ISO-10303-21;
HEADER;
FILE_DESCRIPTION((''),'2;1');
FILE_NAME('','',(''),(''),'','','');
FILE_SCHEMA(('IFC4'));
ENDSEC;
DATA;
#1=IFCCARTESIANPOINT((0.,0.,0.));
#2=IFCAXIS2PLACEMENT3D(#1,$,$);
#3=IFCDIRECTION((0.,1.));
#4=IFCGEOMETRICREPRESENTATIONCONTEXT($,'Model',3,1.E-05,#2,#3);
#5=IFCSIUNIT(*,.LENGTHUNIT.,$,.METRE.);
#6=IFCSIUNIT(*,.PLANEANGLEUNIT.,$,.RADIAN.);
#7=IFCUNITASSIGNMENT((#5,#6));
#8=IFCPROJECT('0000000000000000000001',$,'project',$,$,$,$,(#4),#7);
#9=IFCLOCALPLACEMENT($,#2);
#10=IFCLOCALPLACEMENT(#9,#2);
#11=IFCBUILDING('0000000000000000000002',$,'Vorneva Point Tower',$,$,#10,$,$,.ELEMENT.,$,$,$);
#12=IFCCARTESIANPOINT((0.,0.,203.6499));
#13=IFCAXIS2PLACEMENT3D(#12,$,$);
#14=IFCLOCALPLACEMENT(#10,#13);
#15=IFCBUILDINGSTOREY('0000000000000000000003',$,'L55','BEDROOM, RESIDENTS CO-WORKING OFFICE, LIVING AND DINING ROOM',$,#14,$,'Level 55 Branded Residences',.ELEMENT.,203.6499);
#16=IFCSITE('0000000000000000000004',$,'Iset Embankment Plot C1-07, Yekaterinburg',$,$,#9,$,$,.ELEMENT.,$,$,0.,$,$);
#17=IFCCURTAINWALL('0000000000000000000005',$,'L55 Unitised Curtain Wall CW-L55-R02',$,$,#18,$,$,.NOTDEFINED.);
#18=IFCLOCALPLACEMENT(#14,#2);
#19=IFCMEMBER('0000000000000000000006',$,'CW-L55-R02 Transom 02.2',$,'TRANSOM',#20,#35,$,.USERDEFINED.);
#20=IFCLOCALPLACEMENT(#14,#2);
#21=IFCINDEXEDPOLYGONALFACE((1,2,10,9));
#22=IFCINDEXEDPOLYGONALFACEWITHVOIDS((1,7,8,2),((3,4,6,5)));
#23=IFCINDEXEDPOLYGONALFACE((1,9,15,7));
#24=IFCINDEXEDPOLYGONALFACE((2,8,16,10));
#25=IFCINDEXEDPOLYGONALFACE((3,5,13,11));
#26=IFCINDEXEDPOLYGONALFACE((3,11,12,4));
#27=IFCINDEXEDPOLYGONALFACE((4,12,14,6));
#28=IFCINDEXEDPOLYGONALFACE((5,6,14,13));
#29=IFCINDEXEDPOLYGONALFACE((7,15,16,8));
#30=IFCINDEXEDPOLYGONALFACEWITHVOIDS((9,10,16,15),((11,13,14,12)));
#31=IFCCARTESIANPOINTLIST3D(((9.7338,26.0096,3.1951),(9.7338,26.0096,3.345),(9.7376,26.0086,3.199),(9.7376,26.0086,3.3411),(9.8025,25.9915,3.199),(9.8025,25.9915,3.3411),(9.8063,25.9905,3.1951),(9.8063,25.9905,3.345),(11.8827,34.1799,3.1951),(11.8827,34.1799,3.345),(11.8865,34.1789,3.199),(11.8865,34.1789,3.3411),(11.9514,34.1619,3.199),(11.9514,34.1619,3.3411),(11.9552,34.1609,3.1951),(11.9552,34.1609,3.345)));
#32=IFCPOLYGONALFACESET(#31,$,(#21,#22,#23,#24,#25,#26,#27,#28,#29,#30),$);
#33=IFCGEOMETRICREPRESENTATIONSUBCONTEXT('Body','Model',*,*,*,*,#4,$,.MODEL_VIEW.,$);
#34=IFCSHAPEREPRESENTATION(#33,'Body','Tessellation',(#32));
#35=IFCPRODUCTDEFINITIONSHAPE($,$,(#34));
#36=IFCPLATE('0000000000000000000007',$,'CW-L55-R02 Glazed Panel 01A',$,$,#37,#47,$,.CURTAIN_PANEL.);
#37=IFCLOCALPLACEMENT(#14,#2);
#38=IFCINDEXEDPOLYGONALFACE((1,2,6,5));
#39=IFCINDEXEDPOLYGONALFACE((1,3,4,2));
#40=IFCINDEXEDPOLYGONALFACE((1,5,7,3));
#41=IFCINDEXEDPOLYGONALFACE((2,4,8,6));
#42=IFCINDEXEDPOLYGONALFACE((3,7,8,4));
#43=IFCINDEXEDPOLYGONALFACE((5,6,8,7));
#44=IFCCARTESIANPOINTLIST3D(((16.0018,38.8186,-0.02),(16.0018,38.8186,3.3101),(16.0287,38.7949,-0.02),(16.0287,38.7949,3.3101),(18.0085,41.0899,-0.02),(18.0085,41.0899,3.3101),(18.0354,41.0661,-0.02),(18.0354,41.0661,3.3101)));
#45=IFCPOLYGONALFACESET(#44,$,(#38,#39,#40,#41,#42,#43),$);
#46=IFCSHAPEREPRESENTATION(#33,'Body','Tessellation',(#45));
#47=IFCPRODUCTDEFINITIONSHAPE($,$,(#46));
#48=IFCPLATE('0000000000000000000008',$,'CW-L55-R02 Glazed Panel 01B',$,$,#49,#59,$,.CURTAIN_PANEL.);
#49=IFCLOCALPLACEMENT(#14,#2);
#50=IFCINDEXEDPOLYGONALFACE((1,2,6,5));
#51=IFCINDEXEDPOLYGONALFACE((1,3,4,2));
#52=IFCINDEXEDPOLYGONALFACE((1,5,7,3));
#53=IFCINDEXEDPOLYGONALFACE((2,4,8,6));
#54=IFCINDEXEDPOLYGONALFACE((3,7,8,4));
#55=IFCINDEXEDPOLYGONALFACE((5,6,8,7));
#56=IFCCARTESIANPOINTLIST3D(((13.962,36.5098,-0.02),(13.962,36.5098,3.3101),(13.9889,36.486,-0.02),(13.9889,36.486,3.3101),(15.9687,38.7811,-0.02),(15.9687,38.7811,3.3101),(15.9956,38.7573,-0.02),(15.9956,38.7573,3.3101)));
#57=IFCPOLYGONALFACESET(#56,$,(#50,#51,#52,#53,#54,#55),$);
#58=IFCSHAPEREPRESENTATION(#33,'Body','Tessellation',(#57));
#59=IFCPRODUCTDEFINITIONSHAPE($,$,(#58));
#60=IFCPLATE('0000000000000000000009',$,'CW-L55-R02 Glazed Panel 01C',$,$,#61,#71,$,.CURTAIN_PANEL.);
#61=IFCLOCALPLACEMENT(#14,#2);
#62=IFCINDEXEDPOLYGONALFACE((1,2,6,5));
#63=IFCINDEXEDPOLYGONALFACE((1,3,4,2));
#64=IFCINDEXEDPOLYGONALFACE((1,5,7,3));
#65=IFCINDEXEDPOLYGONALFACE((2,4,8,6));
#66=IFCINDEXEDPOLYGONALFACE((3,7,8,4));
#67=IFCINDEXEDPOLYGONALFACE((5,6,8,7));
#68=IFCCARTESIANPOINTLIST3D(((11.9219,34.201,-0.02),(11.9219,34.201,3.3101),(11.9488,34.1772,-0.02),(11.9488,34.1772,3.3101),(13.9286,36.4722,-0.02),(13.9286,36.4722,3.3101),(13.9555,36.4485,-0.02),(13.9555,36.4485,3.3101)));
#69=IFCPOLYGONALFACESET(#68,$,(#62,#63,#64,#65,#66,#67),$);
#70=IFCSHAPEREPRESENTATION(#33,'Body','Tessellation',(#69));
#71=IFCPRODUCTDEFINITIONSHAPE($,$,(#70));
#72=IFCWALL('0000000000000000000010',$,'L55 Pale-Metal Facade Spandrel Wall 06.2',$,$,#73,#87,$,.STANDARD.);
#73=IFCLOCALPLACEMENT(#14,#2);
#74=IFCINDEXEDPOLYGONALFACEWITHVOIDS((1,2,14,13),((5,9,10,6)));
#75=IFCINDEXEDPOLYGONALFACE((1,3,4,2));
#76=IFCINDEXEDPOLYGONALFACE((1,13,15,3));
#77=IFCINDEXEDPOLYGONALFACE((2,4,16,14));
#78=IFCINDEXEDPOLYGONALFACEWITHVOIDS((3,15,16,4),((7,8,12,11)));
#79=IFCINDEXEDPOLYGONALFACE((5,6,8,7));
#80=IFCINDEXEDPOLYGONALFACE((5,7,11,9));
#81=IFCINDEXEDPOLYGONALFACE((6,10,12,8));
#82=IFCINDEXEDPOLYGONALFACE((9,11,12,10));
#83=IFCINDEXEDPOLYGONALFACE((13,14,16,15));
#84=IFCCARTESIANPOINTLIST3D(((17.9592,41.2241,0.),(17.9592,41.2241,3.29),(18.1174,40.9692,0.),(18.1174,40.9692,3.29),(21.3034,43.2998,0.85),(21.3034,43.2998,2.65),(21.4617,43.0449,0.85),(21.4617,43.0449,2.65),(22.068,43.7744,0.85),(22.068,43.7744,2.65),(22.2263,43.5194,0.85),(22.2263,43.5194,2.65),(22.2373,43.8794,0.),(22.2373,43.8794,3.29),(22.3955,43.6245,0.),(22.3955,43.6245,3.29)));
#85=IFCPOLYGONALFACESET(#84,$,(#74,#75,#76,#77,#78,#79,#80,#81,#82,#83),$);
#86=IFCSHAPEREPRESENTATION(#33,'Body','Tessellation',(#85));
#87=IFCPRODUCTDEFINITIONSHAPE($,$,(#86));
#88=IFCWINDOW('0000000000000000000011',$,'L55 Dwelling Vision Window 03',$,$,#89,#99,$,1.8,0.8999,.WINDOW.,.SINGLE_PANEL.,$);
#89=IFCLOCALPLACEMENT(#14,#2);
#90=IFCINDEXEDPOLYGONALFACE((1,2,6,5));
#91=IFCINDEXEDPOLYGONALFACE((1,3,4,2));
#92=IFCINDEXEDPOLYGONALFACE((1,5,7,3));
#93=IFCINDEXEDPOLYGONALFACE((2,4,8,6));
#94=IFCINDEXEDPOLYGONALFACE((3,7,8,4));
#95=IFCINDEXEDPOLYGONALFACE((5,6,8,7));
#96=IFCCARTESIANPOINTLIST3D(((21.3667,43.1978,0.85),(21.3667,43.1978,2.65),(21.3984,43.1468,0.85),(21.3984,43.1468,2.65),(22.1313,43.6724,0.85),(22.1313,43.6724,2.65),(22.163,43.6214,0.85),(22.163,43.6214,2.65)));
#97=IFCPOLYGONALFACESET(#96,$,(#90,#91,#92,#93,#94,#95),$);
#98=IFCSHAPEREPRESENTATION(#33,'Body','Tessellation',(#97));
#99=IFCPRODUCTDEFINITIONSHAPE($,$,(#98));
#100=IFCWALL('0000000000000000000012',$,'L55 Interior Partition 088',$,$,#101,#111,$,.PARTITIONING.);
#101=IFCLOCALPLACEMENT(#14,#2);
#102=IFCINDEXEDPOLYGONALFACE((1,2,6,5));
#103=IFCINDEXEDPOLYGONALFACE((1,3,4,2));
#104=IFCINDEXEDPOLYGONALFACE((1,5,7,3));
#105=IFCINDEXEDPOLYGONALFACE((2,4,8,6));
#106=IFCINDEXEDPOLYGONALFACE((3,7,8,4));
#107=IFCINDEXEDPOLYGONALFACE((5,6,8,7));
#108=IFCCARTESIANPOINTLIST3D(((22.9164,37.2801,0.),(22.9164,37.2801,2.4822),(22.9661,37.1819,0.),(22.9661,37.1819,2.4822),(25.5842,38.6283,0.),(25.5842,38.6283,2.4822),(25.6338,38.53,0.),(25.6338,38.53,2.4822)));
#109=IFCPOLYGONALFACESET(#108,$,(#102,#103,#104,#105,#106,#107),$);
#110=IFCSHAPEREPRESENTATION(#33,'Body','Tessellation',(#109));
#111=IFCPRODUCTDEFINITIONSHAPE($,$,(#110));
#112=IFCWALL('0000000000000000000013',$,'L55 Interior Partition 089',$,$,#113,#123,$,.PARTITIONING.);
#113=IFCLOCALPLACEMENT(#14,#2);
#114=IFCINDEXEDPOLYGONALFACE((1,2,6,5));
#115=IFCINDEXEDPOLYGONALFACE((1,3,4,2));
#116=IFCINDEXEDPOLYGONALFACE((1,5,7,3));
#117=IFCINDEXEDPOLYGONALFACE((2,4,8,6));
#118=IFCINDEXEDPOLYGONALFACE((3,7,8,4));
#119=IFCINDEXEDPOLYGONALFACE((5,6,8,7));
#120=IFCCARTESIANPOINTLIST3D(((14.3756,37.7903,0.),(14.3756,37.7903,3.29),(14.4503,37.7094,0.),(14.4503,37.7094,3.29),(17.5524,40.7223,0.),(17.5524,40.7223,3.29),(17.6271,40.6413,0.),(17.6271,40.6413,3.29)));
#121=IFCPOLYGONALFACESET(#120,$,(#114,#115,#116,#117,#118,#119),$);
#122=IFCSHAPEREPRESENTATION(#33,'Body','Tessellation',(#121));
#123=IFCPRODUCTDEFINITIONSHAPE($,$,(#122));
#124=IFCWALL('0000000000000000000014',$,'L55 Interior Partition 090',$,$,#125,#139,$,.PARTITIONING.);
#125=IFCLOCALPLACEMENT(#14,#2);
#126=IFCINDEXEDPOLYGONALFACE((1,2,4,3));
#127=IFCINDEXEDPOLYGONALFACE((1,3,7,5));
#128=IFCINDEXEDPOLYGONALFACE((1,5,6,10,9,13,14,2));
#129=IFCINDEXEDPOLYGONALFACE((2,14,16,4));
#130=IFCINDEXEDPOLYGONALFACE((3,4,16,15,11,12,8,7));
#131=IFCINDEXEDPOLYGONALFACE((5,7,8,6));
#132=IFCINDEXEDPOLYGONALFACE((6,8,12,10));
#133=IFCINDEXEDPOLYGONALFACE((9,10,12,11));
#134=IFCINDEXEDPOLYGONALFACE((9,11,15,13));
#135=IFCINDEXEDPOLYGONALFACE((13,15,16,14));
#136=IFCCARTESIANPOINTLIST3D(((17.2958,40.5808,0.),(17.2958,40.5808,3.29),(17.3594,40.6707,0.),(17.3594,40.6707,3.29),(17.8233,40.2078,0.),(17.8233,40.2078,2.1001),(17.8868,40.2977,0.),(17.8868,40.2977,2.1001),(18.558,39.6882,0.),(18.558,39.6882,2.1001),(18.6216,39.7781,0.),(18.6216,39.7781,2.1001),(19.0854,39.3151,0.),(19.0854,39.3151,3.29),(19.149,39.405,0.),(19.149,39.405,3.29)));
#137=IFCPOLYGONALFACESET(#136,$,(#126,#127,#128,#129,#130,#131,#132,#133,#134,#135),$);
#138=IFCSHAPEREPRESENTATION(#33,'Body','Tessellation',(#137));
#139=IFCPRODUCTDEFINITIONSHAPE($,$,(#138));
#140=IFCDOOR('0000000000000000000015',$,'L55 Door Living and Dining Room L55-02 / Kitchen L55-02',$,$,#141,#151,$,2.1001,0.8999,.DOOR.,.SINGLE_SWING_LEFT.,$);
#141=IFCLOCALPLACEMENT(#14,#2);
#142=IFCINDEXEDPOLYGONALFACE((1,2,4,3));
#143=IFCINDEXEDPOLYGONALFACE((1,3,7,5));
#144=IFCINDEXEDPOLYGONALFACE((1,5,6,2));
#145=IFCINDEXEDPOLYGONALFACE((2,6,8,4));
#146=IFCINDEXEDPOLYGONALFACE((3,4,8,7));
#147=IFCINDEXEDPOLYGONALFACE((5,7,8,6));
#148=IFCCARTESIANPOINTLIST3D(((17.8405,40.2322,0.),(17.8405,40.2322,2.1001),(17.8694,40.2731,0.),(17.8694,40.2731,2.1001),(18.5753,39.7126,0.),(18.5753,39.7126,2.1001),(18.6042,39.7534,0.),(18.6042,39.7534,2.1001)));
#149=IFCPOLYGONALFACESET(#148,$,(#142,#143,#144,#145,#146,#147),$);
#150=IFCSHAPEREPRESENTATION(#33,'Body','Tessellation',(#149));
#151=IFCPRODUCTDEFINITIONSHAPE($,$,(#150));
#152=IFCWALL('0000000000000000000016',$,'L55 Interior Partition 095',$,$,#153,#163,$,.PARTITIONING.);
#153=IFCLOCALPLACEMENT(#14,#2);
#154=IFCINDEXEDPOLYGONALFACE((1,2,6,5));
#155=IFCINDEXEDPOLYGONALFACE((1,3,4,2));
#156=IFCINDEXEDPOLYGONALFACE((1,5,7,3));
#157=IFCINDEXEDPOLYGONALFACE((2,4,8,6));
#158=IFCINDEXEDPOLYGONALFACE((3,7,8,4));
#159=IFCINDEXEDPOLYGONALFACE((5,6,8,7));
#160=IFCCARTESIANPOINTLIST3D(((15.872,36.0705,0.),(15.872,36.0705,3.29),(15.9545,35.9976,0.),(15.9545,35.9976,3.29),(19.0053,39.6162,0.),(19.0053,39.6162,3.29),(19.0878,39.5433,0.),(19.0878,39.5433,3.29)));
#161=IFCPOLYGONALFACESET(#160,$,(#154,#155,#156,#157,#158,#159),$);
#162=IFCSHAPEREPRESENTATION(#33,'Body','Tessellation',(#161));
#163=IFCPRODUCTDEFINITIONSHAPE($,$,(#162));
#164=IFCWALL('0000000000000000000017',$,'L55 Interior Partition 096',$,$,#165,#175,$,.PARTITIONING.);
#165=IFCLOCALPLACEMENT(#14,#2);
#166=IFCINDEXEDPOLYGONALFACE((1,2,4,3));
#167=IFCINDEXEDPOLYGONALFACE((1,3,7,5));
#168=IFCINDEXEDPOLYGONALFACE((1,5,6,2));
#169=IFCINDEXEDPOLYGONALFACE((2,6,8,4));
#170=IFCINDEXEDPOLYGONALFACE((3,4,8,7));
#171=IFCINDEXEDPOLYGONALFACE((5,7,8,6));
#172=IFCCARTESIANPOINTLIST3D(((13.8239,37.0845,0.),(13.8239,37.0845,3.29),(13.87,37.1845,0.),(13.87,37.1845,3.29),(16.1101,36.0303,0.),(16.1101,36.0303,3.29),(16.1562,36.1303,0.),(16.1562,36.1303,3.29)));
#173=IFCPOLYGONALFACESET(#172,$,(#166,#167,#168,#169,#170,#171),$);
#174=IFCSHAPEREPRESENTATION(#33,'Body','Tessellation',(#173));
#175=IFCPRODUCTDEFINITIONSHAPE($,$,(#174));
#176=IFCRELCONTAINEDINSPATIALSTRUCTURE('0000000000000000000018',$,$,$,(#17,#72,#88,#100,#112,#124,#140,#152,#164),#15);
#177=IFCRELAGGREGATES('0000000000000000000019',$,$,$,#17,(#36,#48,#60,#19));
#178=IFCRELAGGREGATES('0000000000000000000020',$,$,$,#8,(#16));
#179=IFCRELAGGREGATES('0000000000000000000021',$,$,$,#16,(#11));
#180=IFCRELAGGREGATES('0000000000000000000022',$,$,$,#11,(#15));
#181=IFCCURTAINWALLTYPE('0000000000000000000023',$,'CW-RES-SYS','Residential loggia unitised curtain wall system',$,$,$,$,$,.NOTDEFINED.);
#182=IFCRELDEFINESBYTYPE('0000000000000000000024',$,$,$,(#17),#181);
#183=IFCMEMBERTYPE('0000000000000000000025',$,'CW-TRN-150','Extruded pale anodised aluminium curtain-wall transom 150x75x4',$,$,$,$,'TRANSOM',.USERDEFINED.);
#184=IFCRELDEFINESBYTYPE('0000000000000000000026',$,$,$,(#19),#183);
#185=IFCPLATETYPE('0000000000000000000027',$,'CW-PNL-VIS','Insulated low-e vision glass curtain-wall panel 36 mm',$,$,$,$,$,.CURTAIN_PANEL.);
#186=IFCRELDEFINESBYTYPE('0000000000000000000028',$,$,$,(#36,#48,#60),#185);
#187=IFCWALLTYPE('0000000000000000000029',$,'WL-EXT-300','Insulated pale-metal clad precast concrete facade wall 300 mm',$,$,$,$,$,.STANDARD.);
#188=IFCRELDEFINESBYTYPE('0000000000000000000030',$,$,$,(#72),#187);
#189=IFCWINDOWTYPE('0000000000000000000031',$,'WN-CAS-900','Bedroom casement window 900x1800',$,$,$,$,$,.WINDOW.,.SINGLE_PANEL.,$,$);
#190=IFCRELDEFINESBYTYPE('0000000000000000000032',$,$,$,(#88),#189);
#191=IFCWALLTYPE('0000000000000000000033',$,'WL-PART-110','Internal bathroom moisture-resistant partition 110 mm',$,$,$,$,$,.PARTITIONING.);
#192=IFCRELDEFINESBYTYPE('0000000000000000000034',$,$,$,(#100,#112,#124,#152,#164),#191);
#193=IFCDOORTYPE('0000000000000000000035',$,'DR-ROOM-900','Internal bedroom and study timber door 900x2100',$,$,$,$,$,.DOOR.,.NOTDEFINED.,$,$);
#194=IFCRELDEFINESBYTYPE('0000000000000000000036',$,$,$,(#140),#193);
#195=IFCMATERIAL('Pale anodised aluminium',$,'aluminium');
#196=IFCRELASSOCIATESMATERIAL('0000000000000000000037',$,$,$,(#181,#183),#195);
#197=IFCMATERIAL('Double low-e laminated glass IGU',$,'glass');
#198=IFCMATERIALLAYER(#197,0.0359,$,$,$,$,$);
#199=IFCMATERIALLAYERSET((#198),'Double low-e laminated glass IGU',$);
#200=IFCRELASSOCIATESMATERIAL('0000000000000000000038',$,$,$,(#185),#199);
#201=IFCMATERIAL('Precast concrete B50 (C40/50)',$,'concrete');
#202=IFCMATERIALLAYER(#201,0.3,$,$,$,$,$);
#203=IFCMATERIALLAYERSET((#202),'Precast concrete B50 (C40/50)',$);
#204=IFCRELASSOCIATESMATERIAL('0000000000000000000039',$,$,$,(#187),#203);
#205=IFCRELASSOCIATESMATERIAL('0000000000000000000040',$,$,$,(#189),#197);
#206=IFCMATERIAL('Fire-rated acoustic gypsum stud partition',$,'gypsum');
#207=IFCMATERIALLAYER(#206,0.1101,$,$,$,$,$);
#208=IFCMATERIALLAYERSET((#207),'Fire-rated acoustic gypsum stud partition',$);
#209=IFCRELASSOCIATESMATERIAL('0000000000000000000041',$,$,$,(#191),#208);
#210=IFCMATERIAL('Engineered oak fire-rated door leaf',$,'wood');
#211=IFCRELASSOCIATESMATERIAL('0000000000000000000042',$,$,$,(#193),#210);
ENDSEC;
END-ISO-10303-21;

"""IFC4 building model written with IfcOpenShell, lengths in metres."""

from ifc_helpers import new_model, si_unit, direction, frame, frame_2d, origin, origin_2d, place, context, subcontext, project, spatial, rectangle, hollow_rectangle, extrude, material, layer, layer_set, material_profile, profile_set, type_object, element, fill, aggregate, save


model = new_model("IFC4")

# Units and contexts
model_context = context("Model", 3, precision=1e-05, world=origin(), true_north=direction((0.0, 1.0)))
body_context = subcontext(model_context, "Body", "Model", "MODEL_VIEW")
ifc_project = project(units=[si_unit("LENGTHUNIT", "METRE"), si_unit("PLANEANGLEUNIT", "RADIAN")], contexts=[model_context])

# Site, building, storey
site_placement = place(None, origin())
site = spatial("IfcSite", under=ifc_project, at=site_placement, Name="Iset Embankment Plot C1-07, Yekaterinburg", CompositionType="ELEMENT", RefElevation=0.0)
building_placement = place(site_placement, origin())
building = spatial("IfcBuilding", under=site, at=building_placement, Name="Vorneva Point Tower", CompositionType="ELEMENT")
storey_placement = place(building_placement, frame((0.0, 0.0, 203.6499)))
storey = spatial("IfcBuildingStorey", under=building, at=storey_placement, Name="L55", Description="BEDROOM, RESIDENTS CO-WORKING OFFICE, LIVING AND DINING ROOM", LongName="Level 55 Branded Residences", CompositionType="ELEMENT", Elevation=203.6499)

# Curtain wall, member, plates
ifc_material_1 = material(Name="Pale anodised aluminium", Category="aluminium")
curtain_wall_type = type_object("IfcCurtainWallType", Name="CW-RES-SYS", Description="Residential loggia unitised curtain wall system", PredefinedType="NOTDEFINED", material=ifc_material_1)
curtain_wall_placement = place(storey_placement, origin())
curtain_wall = element("IfcCurtainWall", 1, at=curtain_wall_placement, inside=storey, type_object=curtain_wall_type, Name="L55 Unitised Curtain Wall CW-L55-R02", PredefinedType="NOTDEFINED")
ifc_material_profile_1 = material_profile(ifc_material_1, hollow_rectangle(XDim=0.075, YDim=0.1499, WallThickness=0.0039, at=origin_2d()), Name="AL-TRN 150x75x4")
ifc_profile_set_1 = profile_set([ifc_material_profile_1], Name="Pale anodised aluminium")
member_type_1 = type_object("IfcMemberType", Name="CW-TRN-150", Description="Extruded pale anodised aluminium curtain-wall transom 150x75x4", ElementType="TRANSOM", PredefinedType="USERDEFINED", material=ifc_profile_set_1)
member_1_placement = place(storey_placement, frame((11.9189, 34.1704, 3.27), z_axis=(-0.254362, -0.967109, 0.0), x_axis=(0.967109, -0.254362, 0.0)))
member_1 = element("IfcMember", 2, at=member_1_placement, type_object=member_type_1, Name="CW-L55-R02 Transom 02.2", ObjectType="TRANSOM", PredefinedType="USERDEFINED", context=body_context, shape_type="SweptSolid", body=[
    extrude(hollow_rectangle(XDim=0.075, YDim=0.1499, WallThickness=0.0039, at=origin_2d()), origin(), (0.0, 0.0, 1.0), 8.4482),
])
ifc_material_2 = material(Name="Double low-e laminated glass IGU", Category="glass")
ifc_layer_1 = layer(ifc_material_2, 0.0359)
ifc_layer_set_1 = layer_set([ifc_layer_1], Name="Double low-e laminated glass IGU")
plate_type = type_object("IfcPlateType", Name="CW-PNL-VIS", Description="Insulated low-e vision glass curtain-wall panel 36 mm", PredefinedType="CURTAIN_PANEL", material=ifc_layer_set_1)
plate_1_placement = place(storey_placement, frame((17.0186, 39.9424, -0.02), z_axis=(0.0, 0.0, 1.0), x_axis=(-0.66211, -0.749407, 0.0)))
plate_1 = element("IfcPlate", 3, at=plate_1_placement, type_object=plate_type, Name="CW-L55-R02 Glazed Panel 01A", PredefinedType="CURTAIN_PANEL", context=body_context, shape_type="SweptSolid", body=[
    extrude(rectangle(XDim=3.0308, YDim=0.0359, at=origin_2d()), origin(), (0.0, 0.0, 1.0), 3.3301),
])
plate_2_placement = place(storey_placement, frame((14.9788, 37.6335, -0.02), z_axis=(0.0, 0.0, 1.0), x_axis=(-0.66211, -0.749407, 0.0)))
plate_2 = element("IfcPlate", 4, at=plate_2_placement, type_object=plate_type, Name="CW-L55-R02 Glazed Panel 01B", PredefinedType="CURTAIN_PANEL", context=body_context, shape_type="SweptSolid", body=[
    extrude(rectangle(XDim=3.0308, YDim=0.0359, at=origin_2d()), origin(), (0.0, 0.0, 1.0), 3.3301),
])
plate_3_placement = place(storey_placement, frame((12.9387, 35.3247, -0.02), z_axis=(0.0, 0.0, 1.0), x_axis=(-0.66211, -0.749407, 0.0)))
plate_3 = element("IfcPlate", 5, at=plate_3_placement, type_object=plate_type, Name="CW-L55-R02 Glazed Panel 01C", PredefinedType="CURTAIN_PANEL", context=body_context, shape_type="SweptSolid", body=[
    extrude(rectangle(XDim=3.0308, YDim=0.0359, at=origin_2d()), origin(), (0.0, 0.0, 1.0), 3.3301),
])
aggregate(curtain_wall, [plate_1, plate_2, plate_3, member_1])

# Wall, opening, window
ifc_material_3 = material(Name="Precast concrete B50 (C40/50)", Category="concrete")
ifc_layer_2 = layer(ifc_material_3, 0.3)
ifc_layer_set_2 = layer_set([ifc_layer_2], Name="Precast concrete B50 (C40/50)")
wall_type_1 = type_object("IfcWallType", Name="WL-EXT-300", Description="Insulated pale-metal clad precast concrete facade wall 300 mm", PredefinedType="STANDARD", material=ifc_layer_set_2)
wall_1_placement = place(storey_placement, frame((22.3164, 43.752, 0.0), z_axis=(0.0, 0.0, 1.0), x_axis=(-0.849648, -0.527351, 0.0)))
wall_1 = element("IfcWall", 6, at=wall_1_placement, inside=storey, type_object=wall_type_1, Name="L55 Pale-Metal Facade Spandrel Wall 06.2", PredefinedType="STANDARD", context=body_context, shape_type="SweptSolid", body=[
    extrude(rectangle(XDim=5.0352, YDim=0.3, at=frame_2d((2.5176, 0.0))), origin(), (0.0, 0.0, 1.0), 3.29),
])
opening_1_placement = place(wall_1_placement, frame((0.1992, 0.0, 0.8501)))
opening_1 = element("IfcOpeningElement", 7, at=opening_1_placement, cuts=wall_1, PredefinedType="OPENING", context=body_context, shape_type="SweptSolid", body=[
    extrude(rectangle(XDim=0.8999, YDim=1.8, at=frame_2d((0.45, 0.8999))), frame((0.0, 0.165, 0.0), z_axis=(0.0, -1.0, 0.0), x_axis=(1.0, 0.0, 0.0)), (0.0, 0.0, 1.0), 0.3298),
])
window_type = type_object("IfcWindowType", Name="WN-CAS-900", Description="Bedroom casement window 900x1800", PartitioningType="SINGLE_PANEL", PredefinedType="WINDOW", material=ifc_material_2)
window_placement = place(opening_1_placement, origin())
window = element("IfcWindow", 8, at=window_placement, inside=storey, type_object=window_type, Name="L55 Dwelling Vision Window 03", OverallHeight=1.8, OverallWidth=0.8999, PartitioningType="SINGLE_PANEL", PredefinedType="WINDOW", context=body_context, shape_type="SweptSolid", body=[
    extrude(rectangle(XDim=0.8999, YDim=1.8, at=frame_2d((0.45, 0.8999))), frame((0.0, 0.03, 0.0), z_axis=(0.0, -1.0, 0.0), x_axis=(1.0, 0.0, 0.0)), (0.0, 0.0, 1.0), 0.0601),
])
fill(opening_1, window)

# Walls
ifc_material_4 = material(Name="Fire-rated acoustic gypsum stud partition", Category="gypsum")
ifc_layer_3 = layer(ifc_material_4, 0.1101)
ifc_layer_set_3 = layer_set([ifc_layer_3], Name="Fire-rated acoustic gypsum stud partition")
wall_type_2 = type_object("IfcWallType", Name="WL-PART-110", Description="Internal bathroom moisture-resistant partition 110 mm", PredefinedType="PARTITIONING", material=ifc_layer_set_3)
wall_2_placement = place(storey_placement, frame((22.9412, 37.231, 0.0), z_axis=(0.0, 0.0, 1.0), x_axis=(0.892508, 0.451032, 0.0)))
element("IfcWall", 9, at=wall_2_placement, inside=storey, type_object=wall_type_2, Name="L55 Interior Partition 088", PredefinedType="PARTITIONING", context=body_context, shape_type="SweptSolid", body=[
    extrude(rectangle(XDim=2.989, YDim=0.1101, at=frame_2d((1.4946, 0.0))), origin(), (0.0, 0.0, 1.0), 2.4822),
])
wall_3_placement = place(storey_placement, frame((17.5898, 40.6819, 0.0), z_axis=(0.0, 0.0, 1.0), x_axis=(-0.734862, -0.678217, 0.0)))
element("IfcWall", 10, at=wall_3_placement, inside=storey, type_object=wall_type_2, Name="L55 Interior Partition 089", PredefinedType="PARTITIONING", context=body_context, shape_type="SweptSolid", body=[
    extrude(rectangle(XDim=4.323, YDim=0.1101, at=frame_2d((2.1616, 0.0))), origin(), (0.0, 0.0, 1.0), 3.29),
])

# Wall, opening, door
wall_4_placement = place(storey_placement, frame((17.3276, 40.6257, 0.0), z_axis=(0.0, 0.0, 1.0), x_axis=(0.816449, -0.577418, 0.0)))
wall_4 = element("IfcWall", 11, at=wall_4_placement, inside=storey, type_object=wall_type_2, Name="L55 Interior Partition 090", PredefinedType="PARTITIONING", context=body_context, shape_type="SweptSolid", body=[
    extrude(rectangle(XDim=2.1919, YDim=0.1101, at=frame_2d((1.0959, 0.0))), origin(), (0.0, 0.0, 1.0), 3.29),
])
opening_2_placement = place(wall_4_placement, frame((0.646, 0.0, 0.0)))
opening_2 = element("IfcOpeningElement", 12, at=opening_2_placement, cuts=wall_4, PredefinedType="OPENING", context=body_context, shape_type="SweptSolid", body=[
    extrude(rectangle(XDim=0.8999, YDim=2.1001, at=frame_2d((0.45, 1.05))), frame((0.0, 0.0698, 0.0), z_axis=(0.0, -1.0, 0.0), x_axis=(1.0, 0.0, 0.0)), (0.0, 0.0, 1.0), 0.1399),
])
ifc_material_5 = material(Name="Engineered oak fire-rated door leaf", Category="wood")
door_type_1 = type_object("IfcDoorType", Name="DR-ROOM-900", Description="Internal bedroom and study timber door 900x2100", OperationType="NOTDEFINED", PredefinedType="DOOR", material=ifc_material_5)
door_1_placement = place(opening_2_placement, origin())
door_1 = element("IfcDoor", 13, at=door_1_placement, inside=storey, type_object=door_type_1, Name="L55 Door Living and Dining Room L55-02 / Kitchen L55-02", OperationType="SINGLE_SWING_LEFT", OverallHeight=2.1001, OverallWidth=0.8999, PredefinedType="DOOR", context=body_context, shape_type="SweptSolid", body=[
    extrude(rectangle(XDim=0.8999, YDim=2.1001, at=frame_2d((0.45, 1.05))), frame((0.0, 0.0249, 0.0), z_axis=(0.0, -1.0, 0.0), x_axis=(1.0, 0.0, 0.0)), (0.0, 0.0, 1.0), 0.05),
])
fill(opening_2, door_1)

# Walls
wall_5_placement = place(storey_placement, frame((15.9133, 36.0342, 0.0), z_axis=(0.0, 0.0, 1.0), x_axis=(0.66219, 0.749336, 0.0)))
element("IfcWall", 14, at=wall_5_placement, inside=storey, type_object=wall_type_2, Name="L55 Interior Partition 095", PredefinedType="PARTITIONING", context=body_context, shape_type="SweptSolid", body=[
    extrude(rectangle(XDim=4.7317, YDim=0.1101, at=frame_2d((2.3657, 0.0))), origin(), (0.0, 0.0, 1.0), 3.29),
])
wall_6_placement = place(storey_placement, frame((13.8469, 37.1345, 0.0), z_axis=(0.0, 0.0, 1.0), x_axis=(0.908101, -0.418751, 0.0)))
element("IfcWall", 15, at=wall_6_placement, inside=storey, type_object=wall_type_2, Name="L55 Interior Partition 096", PredefinedType="PARTITIONING", context=body_context, shape_type="SweptSolid", body=[
    extrude(rectangle(XDim=2.5176, YDim=0.1101, at=frame_2d((1.2588, 0.0))), origin(), (0.0, 0.0, 1.0), 3.29),
])

save(model, "model.ifc")
